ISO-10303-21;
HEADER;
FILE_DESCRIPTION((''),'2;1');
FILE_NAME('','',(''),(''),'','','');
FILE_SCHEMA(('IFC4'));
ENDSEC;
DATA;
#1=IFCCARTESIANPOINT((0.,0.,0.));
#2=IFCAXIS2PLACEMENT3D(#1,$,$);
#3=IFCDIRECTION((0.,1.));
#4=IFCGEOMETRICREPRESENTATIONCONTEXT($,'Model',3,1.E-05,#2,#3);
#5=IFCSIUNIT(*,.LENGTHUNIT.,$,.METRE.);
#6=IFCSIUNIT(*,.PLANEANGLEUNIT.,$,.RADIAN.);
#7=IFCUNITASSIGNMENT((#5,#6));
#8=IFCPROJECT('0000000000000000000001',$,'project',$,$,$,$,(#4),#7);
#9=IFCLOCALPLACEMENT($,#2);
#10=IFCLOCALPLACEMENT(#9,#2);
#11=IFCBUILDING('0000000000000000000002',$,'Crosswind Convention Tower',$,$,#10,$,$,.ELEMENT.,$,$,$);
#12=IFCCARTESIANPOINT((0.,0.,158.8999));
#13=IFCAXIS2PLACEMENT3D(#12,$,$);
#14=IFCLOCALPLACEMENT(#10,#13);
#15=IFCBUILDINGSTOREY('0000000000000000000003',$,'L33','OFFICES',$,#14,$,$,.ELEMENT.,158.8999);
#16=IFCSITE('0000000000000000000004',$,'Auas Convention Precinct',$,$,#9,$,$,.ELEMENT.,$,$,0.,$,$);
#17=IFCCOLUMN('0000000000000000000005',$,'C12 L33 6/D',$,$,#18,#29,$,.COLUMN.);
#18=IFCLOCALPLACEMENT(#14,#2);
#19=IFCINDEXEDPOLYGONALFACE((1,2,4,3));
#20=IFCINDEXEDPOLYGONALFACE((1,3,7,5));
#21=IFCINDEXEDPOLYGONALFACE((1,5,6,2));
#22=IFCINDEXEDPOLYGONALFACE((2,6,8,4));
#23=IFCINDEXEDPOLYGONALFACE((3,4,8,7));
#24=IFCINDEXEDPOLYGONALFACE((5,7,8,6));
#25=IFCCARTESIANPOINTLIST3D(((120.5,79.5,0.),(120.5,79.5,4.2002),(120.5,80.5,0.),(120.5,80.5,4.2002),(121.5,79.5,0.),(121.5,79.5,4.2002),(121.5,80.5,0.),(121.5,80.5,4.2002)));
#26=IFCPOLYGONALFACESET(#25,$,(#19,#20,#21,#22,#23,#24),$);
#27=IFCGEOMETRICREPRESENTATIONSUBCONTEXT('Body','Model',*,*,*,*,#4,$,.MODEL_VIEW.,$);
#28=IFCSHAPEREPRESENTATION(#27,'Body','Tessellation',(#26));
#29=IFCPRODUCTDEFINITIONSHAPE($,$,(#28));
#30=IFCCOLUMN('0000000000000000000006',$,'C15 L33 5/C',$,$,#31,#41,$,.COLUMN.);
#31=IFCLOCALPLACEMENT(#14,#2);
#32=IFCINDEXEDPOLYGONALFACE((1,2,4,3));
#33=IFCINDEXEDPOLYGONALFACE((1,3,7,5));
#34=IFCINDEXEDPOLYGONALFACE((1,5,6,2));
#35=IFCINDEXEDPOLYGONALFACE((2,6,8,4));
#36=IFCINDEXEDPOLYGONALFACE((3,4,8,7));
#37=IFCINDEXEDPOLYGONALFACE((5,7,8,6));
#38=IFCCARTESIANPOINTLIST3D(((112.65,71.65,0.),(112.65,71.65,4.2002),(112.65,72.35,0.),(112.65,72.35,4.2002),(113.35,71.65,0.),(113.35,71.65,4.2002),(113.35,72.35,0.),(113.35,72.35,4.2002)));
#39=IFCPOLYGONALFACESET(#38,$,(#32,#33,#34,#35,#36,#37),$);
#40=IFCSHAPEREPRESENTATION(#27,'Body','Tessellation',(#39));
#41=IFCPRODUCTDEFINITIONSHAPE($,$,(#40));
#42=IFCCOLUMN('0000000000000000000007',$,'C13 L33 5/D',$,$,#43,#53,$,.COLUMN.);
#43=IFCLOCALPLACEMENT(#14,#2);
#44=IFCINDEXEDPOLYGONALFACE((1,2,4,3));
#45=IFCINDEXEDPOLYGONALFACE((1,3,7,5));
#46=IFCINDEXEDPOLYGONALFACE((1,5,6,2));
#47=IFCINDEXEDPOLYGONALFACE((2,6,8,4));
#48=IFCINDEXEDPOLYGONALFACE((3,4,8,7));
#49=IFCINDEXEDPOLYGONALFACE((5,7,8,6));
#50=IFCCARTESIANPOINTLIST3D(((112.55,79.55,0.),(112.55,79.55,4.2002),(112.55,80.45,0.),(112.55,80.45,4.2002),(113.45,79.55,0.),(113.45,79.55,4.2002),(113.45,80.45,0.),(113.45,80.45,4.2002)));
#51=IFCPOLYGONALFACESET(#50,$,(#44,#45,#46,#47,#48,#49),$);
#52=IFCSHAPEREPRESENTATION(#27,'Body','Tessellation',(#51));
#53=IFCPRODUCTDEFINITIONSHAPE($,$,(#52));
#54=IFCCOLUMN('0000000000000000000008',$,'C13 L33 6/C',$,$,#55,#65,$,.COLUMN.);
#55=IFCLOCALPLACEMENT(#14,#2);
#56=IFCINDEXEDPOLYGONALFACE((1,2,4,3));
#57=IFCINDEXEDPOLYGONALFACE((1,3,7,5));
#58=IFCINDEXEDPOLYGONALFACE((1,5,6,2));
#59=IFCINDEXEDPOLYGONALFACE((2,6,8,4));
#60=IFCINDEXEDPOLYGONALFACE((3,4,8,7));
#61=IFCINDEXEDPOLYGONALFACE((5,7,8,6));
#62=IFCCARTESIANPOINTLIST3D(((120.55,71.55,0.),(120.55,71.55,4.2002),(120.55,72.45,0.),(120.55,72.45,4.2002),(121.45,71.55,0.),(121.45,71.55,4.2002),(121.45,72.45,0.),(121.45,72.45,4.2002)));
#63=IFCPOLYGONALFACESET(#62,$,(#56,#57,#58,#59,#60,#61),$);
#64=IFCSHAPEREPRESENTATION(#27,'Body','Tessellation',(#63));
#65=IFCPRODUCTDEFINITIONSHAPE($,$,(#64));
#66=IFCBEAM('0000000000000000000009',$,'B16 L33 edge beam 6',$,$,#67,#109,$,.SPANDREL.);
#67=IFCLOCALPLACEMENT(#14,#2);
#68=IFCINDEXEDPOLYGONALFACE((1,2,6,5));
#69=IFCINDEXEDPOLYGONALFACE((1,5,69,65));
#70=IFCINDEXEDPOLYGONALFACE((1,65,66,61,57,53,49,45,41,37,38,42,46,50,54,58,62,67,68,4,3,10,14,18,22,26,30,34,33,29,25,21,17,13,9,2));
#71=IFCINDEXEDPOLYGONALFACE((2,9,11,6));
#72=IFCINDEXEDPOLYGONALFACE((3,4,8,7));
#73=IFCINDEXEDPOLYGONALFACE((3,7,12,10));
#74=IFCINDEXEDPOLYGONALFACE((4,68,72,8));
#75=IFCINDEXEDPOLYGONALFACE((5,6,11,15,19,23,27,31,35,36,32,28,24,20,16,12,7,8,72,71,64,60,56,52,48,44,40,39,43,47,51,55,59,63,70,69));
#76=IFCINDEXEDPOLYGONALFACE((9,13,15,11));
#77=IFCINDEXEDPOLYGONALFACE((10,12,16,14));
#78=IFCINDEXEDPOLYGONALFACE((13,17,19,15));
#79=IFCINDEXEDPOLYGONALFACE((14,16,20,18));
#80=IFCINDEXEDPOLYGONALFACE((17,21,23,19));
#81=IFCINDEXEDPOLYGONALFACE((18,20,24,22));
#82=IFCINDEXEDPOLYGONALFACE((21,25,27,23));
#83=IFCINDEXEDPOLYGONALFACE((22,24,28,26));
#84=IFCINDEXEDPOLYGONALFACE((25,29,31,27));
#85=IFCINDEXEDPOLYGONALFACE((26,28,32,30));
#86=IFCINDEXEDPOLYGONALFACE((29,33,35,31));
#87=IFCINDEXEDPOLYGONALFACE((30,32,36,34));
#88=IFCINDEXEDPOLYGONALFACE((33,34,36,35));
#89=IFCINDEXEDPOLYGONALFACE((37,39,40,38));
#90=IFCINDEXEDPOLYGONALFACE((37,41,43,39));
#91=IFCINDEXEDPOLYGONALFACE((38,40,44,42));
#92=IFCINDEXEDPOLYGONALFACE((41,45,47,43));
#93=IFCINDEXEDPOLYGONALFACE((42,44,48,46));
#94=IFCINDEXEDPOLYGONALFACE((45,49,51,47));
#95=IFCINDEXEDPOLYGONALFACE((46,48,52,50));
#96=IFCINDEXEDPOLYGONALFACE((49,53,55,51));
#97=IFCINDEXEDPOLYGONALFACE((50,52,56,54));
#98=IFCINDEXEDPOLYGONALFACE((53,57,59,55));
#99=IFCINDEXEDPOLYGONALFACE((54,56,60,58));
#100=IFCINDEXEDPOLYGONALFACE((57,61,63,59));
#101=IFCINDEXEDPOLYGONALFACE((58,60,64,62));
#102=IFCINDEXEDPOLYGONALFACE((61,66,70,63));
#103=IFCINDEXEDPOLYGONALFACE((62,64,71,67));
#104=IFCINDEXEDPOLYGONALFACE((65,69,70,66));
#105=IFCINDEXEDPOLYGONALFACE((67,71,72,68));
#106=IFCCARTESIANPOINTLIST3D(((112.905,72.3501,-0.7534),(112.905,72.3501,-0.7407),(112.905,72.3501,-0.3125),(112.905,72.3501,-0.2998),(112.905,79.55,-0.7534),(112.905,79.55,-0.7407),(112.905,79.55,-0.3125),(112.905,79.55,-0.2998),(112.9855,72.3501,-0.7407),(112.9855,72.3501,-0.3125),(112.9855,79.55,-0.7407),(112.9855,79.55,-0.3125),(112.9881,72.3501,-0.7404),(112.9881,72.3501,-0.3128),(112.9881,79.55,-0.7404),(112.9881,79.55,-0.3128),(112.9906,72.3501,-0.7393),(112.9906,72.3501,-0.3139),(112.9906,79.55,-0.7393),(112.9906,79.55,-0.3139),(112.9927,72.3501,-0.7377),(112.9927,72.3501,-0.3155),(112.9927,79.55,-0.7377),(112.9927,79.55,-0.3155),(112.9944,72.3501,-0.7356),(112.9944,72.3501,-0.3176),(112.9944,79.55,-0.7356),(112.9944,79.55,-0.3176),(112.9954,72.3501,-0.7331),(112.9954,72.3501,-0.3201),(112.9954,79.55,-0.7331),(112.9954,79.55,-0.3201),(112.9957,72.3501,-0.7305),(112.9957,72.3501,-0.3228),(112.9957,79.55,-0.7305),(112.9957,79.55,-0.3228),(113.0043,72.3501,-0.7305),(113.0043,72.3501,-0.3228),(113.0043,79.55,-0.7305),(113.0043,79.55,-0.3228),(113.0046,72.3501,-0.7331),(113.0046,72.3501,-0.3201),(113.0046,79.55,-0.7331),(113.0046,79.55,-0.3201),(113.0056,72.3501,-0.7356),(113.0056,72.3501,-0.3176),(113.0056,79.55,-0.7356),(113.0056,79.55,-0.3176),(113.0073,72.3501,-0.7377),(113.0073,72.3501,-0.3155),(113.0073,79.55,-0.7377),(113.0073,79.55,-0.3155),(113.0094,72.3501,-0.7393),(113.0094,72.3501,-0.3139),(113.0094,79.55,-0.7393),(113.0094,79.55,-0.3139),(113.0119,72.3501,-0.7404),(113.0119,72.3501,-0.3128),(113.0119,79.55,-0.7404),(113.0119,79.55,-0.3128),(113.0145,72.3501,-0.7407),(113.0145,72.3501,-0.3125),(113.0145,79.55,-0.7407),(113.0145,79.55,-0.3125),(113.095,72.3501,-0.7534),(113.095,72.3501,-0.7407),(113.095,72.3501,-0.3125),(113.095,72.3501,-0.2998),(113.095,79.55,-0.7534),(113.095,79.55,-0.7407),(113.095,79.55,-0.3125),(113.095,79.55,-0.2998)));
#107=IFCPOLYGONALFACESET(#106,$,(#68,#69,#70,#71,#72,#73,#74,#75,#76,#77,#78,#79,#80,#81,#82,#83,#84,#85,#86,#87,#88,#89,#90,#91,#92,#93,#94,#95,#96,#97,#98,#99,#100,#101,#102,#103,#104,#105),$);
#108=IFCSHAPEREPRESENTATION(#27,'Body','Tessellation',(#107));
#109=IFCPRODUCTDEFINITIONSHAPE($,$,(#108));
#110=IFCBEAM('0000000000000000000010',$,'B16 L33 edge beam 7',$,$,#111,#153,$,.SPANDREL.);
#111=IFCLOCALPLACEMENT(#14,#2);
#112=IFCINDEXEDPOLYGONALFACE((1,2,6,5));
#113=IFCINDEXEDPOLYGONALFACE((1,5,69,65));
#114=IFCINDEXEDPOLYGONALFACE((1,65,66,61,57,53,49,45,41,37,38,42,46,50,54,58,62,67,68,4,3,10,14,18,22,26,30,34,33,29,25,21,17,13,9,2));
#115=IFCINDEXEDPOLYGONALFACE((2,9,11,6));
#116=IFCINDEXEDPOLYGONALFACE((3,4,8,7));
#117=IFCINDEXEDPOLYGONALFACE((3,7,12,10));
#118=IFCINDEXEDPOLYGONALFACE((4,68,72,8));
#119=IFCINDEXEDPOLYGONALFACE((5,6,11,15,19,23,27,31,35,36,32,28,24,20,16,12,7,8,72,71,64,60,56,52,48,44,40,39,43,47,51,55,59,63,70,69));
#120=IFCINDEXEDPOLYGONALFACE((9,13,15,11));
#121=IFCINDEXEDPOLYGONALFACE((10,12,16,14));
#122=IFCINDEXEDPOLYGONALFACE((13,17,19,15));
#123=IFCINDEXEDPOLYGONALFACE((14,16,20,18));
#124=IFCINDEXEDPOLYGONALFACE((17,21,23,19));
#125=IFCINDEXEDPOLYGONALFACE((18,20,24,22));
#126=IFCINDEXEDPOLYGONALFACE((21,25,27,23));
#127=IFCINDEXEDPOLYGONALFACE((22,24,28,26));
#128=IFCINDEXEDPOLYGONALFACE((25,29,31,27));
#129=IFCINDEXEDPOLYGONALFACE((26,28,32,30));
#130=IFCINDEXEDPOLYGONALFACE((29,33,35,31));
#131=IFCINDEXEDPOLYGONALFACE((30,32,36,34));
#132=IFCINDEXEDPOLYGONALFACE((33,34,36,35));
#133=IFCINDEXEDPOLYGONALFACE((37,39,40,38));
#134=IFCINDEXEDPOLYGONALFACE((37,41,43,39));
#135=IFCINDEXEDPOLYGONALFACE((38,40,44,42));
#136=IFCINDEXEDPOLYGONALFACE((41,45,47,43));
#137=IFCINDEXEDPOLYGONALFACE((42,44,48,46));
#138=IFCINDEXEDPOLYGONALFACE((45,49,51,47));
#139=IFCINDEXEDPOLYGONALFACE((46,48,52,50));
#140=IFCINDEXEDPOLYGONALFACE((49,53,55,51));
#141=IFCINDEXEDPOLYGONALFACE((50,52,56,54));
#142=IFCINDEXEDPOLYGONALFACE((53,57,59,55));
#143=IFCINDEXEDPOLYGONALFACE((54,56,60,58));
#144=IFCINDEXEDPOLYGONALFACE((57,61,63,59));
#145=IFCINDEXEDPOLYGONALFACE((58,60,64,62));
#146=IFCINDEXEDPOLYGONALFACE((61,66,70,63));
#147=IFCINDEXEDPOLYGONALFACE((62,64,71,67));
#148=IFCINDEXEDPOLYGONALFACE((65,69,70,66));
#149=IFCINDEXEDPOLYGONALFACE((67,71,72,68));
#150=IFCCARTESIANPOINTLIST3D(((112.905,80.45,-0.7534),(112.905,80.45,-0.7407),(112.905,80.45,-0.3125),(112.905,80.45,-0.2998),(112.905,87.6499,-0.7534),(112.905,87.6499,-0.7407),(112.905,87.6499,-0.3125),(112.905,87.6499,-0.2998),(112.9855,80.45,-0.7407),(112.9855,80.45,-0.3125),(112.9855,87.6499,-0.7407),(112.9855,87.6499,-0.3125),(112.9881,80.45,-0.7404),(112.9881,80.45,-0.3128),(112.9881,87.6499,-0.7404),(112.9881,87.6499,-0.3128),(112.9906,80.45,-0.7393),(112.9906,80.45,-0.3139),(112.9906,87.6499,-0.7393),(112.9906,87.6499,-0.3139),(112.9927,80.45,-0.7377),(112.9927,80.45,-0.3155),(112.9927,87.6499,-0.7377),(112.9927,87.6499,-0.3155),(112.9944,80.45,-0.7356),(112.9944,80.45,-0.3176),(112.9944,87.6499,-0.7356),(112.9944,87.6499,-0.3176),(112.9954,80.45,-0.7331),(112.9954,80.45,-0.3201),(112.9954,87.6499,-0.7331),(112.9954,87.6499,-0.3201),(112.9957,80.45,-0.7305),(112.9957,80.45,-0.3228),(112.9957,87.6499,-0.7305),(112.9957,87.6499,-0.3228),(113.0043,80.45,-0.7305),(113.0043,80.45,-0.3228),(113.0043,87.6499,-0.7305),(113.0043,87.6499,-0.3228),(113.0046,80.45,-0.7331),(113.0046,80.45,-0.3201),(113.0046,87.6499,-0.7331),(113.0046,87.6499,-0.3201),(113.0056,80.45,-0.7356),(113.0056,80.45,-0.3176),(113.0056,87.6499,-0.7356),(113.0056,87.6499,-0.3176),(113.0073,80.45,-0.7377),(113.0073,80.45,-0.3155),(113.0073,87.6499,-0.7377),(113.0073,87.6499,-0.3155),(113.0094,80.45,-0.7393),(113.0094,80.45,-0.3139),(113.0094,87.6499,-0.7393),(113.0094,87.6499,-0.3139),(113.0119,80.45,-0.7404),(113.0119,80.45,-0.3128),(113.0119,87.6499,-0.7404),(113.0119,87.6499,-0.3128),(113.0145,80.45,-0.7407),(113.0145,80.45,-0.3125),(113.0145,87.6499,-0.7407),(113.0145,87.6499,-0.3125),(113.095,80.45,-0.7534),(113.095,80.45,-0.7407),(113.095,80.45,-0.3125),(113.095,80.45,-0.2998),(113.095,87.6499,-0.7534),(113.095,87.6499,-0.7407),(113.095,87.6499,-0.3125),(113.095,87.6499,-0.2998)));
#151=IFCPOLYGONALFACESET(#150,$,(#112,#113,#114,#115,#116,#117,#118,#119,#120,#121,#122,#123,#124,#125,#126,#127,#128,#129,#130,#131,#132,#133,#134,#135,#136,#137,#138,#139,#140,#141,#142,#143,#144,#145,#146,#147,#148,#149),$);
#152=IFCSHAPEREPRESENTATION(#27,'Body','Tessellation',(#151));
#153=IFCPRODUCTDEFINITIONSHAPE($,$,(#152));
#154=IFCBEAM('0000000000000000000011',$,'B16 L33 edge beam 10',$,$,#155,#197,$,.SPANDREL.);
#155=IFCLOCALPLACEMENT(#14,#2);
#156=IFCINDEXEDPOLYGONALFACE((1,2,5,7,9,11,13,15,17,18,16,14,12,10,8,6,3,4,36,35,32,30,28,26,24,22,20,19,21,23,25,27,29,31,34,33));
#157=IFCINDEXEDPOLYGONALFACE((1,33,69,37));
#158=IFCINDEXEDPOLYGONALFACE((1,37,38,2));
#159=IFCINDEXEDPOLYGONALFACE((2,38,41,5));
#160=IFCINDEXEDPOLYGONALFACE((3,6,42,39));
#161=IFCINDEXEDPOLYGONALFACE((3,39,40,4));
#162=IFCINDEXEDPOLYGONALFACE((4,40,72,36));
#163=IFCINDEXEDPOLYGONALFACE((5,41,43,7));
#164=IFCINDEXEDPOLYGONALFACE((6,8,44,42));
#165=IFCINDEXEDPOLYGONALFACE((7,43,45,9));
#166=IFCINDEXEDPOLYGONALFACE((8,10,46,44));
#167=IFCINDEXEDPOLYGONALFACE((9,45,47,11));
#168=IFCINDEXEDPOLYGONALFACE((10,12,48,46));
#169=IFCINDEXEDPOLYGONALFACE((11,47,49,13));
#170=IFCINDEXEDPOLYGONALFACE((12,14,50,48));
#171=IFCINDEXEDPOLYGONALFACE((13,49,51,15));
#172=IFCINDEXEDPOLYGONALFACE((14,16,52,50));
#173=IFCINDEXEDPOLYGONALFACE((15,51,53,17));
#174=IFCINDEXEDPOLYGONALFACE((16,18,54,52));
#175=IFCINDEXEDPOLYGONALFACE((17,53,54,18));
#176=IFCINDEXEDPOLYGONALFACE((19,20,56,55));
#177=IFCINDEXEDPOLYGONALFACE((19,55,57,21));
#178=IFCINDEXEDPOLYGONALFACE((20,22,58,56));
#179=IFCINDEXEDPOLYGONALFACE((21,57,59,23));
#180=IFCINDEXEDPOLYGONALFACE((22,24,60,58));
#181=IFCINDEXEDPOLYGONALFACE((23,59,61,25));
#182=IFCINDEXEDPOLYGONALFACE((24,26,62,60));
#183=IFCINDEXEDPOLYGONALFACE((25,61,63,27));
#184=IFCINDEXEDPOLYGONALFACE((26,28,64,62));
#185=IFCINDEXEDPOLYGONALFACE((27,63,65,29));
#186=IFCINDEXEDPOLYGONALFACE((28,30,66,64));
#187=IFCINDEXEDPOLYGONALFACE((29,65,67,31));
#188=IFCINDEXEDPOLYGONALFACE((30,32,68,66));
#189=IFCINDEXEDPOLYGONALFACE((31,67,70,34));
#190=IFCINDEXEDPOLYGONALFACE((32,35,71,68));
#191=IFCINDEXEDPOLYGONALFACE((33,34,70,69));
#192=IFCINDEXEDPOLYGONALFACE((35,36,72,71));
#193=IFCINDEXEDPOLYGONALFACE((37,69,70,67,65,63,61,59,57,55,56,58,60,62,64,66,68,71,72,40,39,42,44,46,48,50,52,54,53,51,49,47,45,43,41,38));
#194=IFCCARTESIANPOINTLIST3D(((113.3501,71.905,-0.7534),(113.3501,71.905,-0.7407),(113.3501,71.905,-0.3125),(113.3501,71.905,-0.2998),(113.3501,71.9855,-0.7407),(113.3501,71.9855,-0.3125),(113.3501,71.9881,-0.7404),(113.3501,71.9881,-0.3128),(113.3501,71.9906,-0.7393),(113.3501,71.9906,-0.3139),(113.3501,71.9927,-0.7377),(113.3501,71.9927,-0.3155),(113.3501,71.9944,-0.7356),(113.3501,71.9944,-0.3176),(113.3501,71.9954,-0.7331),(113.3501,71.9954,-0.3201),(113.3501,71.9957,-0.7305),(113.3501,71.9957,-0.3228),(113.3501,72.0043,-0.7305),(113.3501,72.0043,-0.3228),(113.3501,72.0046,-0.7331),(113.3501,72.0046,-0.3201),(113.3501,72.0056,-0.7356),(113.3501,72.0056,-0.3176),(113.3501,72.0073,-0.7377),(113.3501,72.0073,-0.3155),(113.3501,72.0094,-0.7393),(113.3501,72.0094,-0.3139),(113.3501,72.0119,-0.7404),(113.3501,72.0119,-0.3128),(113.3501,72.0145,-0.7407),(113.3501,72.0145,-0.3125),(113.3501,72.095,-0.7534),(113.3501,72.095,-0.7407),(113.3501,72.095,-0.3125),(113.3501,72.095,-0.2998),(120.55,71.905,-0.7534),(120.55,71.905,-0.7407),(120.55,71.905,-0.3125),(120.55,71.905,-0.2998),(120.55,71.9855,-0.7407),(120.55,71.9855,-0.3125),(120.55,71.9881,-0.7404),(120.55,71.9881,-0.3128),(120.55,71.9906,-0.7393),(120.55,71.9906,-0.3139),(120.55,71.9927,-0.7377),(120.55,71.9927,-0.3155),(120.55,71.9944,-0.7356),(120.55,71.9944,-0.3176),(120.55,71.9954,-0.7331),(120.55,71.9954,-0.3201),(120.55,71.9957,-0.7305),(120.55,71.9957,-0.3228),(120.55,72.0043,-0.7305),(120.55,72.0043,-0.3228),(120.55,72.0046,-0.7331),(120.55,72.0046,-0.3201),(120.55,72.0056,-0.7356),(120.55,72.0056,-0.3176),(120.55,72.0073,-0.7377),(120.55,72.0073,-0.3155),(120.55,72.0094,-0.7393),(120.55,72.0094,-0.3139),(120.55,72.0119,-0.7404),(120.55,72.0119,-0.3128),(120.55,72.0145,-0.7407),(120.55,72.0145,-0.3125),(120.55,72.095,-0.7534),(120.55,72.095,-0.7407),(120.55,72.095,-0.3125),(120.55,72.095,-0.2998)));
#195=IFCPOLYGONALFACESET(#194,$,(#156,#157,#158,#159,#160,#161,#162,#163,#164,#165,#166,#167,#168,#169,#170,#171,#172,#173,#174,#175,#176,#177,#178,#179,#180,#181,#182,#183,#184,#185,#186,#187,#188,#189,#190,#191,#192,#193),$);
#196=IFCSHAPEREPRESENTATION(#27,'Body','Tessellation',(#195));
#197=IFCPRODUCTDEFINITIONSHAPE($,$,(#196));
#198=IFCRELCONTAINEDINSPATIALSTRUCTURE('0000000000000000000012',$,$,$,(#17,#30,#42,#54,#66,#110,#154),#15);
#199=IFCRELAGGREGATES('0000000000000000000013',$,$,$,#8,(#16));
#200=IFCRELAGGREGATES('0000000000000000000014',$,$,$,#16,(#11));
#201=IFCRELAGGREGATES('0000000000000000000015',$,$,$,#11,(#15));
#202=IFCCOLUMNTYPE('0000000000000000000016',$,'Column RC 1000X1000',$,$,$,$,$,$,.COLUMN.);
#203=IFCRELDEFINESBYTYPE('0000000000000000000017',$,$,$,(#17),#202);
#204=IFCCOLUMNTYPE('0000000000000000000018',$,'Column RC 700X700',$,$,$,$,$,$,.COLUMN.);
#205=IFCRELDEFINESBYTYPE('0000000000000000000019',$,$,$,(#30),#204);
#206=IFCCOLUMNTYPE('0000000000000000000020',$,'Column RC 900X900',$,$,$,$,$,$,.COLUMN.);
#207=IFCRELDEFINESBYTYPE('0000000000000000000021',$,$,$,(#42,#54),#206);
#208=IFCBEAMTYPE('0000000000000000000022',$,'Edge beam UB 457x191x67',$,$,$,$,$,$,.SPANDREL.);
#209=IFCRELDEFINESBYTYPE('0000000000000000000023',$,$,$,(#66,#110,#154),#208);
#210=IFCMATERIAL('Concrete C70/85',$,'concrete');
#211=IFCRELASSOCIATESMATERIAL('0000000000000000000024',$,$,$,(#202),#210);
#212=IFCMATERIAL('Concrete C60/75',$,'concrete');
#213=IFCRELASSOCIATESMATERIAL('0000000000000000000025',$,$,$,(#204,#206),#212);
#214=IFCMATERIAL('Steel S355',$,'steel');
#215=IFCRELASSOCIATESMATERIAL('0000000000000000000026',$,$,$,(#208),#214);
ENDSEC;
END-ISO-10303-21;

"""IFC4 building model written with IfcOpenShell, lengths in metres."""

from ifc_helpers import new_model, si_unit, direction, frame, origin, origin_2d, place, context, subcontext, project, spatial, rectangle, i_section, extrude, material, material_profile, profile_set, type_object, element, save


model = new_model("IFC4")

# Units and contexts
model_context = context("Model", 3, precision=1e-05, world=origin(), true_north=direction((0.0, 1.0)))
body_context = subcontext(model_context, "Body", "Model", "MODEL_VIEW")
ifc_project = project(units=[si_unit("LENGTHUNIT", "METRE"), si_unit("PLANEANGLEUNIT", "RADIAN")], contexts=[model_context])

# Site, building, storey
site_placement = place(None, origin())
site = spatial("IfcSite", under=ifc_project, at=site_placement, Name="Auas Convention Precinct", CompositionType="ELEMENT", RefElevation=0.0)
building_placement = place(site_placement, origin())
building = spatial("IfcBuilding", under=site, at=building_placement, Name="Crosswind Convention Tower", CompositionType="ELEMENT")
storey_placement = place(building_placement, frame((0.0, 0.0, 158.8999)))
storey = spatial("IfcBuildingStorey", under=building, at=storey_placement, Name="L33", Description="OFFICES", CompositionType="ELEMENT", Elevation=158.8999)

# Columns
ifc_material_1 = material(Name="Concrete C70/85", Category="concrete")
ifc_material_profile_1 = material_profile(ifc_material_1, rectangle(XDim=1.0, YDim=1.0, at=origin_2d()), Name="RC 1000X1000")
ifc_profile_set_1 = profile_set([ifc_material_profile_1], Name="Concrete C70/85")
column_type_1 = type_object("IfcColumnType", Name="Column RC 1000X1000", PredefinedType="COLUMN", material=ifc_profile_set_1)
column_1_placement = place(storey_placement, frame((121.0, 80.0, 0.0), z_axis=(0.0, 0.0, 1.0), x_axis=(1.0, 0.0, 0.0)))
element("IfcColumn", 1, at=column_1_placement, inside=storey, type_object=column_type_1, Name="C12 L33 6/D", PredefinedType="COLUMN", context=body_context, shape_type="SweptSolid", body=[
    extrude(rectangle(XDim=1.0, YDim=1.0, at=origin_2d()), origin(), (0.0, 0.0, 1.0), 4.2002),
])
ifc_material_2 = material(Name="Concrete C60/75", Category="concrete")
ifc_material_profile_2 = material_profile(ifc_material_2, rectangle(XDim=0.7, YDim=0.7, at=origin_2d()), Name="RC 700X700")
ifc_profile_set_2 = profile_set([ifc_material_profile_2], Name="Concrete C60/75")
column_type_2 = type_object("IfcColumnType", Name="Column RC 700X700", PredefinedType="COLUMN", material=ifc_profile_set_2)
column_2_placement = place(storey_placement, frame((113.0, 72.0, 0.0), z_axis=(0.0, 0.0, 1.0), x_axis=(1.0, 0.0, 0.0)))
element("IfcColumn", 2, at=column_2_placement, inside=storey, type_object=column_type_2, Name="C15 L33 5/C", PredefinedType="COLUMN", context=body_context, shape_type="SweptSolid", body=[
    extrude(rectangle(XDim=0.7, YDim=0.7, at=origin_2d()), origin(), (0.0, 0.0, 1.0), 4.2002),
])
ifc_material_profile_3 = material_profile(ifc_material_2, rectangle(XDim=0.8999, YDim=0.8999, at=origin_2d()), Name="RC 900X900")
ifc_profile_set_3 = profile_set([ifc_material_profile_3], Name="Concrete C60/75")
column_type_3 = type_object("IfcColumnType", Name="Column RC 900X900", PredefinedType="COLUMN", material=ifc_profile_set_3)
for number, where, z_axis, x_axis, name in (
    (3, (113.0, 80.0, 0.0), (0.0, 0.0, 1.0), (1.0, 0.0, 0.0), "C13 L33 5/D"),
    (4, (121.0, 72.0, 0.0), (0.0, 0.0, 1.0), (1.0, 0.0, 0.0), "C13 L33 6/C"),
):
    element("IfcColumn", number, at=place(storey_placement, frame(where, z_axis=z_axis, x_axis=x_axis)), inside=storey, type_object=column_type_3, Name=name, PredefinedType="COLUMN", context=body_context, shape_type="SweptSolid", body=[
        extrude(rectangle(XDim=0.8999, YDim=0.8999, at=origin_2d()), origin(), (0.0, 0.0, 1.0), 4.2002),
    ])

# Beams
ifc_material_3 = material(Name="Steel S355", Category="steel")
ifc_material_profile_4 = material_profile(ifc_material_3, i_section(OverallWidth=0.1899, OverallDepth=0.4536, WebThickness=0.0085, FlangeThickness=0.0127, FilletRadius=0.0103, at=origin_2d()), Name="UB 457x191x67")
ifc_profile_set_4 = profile_set([ifc_material_profile_4], Name="Steel S355")
beam_type_1 = type_object("IfcBeamType", Name="Edge beam UB 457x191x67", PredefinedType="SPANDREL", material=ifc_profile_set_4)
for number, where, z_axis, x_axis, name in (
    (5, (113.0, 72.3501, -0.5266), (0.0, 1.0, 0.0), (-1.0, 0.0, 0.0), "B16 L33 edge beam 6"),
    (6, (113.0, 80.45, -0.5266), (0.0, 1.0, 0.0), (-1.0, 0.0, 0.0), "B16 L33 edge beam 7"),
    (7, (113.3501, 72.0, -0.5266), (1.0, 0.0, 0.0), (0.0, 1.0, 0.0), "B16 L33 edge beam 10"),
):
    element("IfcBeam", number, at=place(storey_placement, frame(where, z_axis=z_axis, x_axis=x_axis)), inside=storey, type_object=beam_type_1, Name=name, PredefinedType="SPANDREL", context=body_context, shape_type="SweptSolid", body=[
        extrude(i_section(OverallWidth=0.1899, OverallDepth=0.4536, WebThickness=0.0085, FlangeThickness=0.0127, FilletRadius=0.0103, at=origin_2d()), origin(), (0.0, 0.0, 1.0), 7.2),
    ])

save(model, "model.ifc")
